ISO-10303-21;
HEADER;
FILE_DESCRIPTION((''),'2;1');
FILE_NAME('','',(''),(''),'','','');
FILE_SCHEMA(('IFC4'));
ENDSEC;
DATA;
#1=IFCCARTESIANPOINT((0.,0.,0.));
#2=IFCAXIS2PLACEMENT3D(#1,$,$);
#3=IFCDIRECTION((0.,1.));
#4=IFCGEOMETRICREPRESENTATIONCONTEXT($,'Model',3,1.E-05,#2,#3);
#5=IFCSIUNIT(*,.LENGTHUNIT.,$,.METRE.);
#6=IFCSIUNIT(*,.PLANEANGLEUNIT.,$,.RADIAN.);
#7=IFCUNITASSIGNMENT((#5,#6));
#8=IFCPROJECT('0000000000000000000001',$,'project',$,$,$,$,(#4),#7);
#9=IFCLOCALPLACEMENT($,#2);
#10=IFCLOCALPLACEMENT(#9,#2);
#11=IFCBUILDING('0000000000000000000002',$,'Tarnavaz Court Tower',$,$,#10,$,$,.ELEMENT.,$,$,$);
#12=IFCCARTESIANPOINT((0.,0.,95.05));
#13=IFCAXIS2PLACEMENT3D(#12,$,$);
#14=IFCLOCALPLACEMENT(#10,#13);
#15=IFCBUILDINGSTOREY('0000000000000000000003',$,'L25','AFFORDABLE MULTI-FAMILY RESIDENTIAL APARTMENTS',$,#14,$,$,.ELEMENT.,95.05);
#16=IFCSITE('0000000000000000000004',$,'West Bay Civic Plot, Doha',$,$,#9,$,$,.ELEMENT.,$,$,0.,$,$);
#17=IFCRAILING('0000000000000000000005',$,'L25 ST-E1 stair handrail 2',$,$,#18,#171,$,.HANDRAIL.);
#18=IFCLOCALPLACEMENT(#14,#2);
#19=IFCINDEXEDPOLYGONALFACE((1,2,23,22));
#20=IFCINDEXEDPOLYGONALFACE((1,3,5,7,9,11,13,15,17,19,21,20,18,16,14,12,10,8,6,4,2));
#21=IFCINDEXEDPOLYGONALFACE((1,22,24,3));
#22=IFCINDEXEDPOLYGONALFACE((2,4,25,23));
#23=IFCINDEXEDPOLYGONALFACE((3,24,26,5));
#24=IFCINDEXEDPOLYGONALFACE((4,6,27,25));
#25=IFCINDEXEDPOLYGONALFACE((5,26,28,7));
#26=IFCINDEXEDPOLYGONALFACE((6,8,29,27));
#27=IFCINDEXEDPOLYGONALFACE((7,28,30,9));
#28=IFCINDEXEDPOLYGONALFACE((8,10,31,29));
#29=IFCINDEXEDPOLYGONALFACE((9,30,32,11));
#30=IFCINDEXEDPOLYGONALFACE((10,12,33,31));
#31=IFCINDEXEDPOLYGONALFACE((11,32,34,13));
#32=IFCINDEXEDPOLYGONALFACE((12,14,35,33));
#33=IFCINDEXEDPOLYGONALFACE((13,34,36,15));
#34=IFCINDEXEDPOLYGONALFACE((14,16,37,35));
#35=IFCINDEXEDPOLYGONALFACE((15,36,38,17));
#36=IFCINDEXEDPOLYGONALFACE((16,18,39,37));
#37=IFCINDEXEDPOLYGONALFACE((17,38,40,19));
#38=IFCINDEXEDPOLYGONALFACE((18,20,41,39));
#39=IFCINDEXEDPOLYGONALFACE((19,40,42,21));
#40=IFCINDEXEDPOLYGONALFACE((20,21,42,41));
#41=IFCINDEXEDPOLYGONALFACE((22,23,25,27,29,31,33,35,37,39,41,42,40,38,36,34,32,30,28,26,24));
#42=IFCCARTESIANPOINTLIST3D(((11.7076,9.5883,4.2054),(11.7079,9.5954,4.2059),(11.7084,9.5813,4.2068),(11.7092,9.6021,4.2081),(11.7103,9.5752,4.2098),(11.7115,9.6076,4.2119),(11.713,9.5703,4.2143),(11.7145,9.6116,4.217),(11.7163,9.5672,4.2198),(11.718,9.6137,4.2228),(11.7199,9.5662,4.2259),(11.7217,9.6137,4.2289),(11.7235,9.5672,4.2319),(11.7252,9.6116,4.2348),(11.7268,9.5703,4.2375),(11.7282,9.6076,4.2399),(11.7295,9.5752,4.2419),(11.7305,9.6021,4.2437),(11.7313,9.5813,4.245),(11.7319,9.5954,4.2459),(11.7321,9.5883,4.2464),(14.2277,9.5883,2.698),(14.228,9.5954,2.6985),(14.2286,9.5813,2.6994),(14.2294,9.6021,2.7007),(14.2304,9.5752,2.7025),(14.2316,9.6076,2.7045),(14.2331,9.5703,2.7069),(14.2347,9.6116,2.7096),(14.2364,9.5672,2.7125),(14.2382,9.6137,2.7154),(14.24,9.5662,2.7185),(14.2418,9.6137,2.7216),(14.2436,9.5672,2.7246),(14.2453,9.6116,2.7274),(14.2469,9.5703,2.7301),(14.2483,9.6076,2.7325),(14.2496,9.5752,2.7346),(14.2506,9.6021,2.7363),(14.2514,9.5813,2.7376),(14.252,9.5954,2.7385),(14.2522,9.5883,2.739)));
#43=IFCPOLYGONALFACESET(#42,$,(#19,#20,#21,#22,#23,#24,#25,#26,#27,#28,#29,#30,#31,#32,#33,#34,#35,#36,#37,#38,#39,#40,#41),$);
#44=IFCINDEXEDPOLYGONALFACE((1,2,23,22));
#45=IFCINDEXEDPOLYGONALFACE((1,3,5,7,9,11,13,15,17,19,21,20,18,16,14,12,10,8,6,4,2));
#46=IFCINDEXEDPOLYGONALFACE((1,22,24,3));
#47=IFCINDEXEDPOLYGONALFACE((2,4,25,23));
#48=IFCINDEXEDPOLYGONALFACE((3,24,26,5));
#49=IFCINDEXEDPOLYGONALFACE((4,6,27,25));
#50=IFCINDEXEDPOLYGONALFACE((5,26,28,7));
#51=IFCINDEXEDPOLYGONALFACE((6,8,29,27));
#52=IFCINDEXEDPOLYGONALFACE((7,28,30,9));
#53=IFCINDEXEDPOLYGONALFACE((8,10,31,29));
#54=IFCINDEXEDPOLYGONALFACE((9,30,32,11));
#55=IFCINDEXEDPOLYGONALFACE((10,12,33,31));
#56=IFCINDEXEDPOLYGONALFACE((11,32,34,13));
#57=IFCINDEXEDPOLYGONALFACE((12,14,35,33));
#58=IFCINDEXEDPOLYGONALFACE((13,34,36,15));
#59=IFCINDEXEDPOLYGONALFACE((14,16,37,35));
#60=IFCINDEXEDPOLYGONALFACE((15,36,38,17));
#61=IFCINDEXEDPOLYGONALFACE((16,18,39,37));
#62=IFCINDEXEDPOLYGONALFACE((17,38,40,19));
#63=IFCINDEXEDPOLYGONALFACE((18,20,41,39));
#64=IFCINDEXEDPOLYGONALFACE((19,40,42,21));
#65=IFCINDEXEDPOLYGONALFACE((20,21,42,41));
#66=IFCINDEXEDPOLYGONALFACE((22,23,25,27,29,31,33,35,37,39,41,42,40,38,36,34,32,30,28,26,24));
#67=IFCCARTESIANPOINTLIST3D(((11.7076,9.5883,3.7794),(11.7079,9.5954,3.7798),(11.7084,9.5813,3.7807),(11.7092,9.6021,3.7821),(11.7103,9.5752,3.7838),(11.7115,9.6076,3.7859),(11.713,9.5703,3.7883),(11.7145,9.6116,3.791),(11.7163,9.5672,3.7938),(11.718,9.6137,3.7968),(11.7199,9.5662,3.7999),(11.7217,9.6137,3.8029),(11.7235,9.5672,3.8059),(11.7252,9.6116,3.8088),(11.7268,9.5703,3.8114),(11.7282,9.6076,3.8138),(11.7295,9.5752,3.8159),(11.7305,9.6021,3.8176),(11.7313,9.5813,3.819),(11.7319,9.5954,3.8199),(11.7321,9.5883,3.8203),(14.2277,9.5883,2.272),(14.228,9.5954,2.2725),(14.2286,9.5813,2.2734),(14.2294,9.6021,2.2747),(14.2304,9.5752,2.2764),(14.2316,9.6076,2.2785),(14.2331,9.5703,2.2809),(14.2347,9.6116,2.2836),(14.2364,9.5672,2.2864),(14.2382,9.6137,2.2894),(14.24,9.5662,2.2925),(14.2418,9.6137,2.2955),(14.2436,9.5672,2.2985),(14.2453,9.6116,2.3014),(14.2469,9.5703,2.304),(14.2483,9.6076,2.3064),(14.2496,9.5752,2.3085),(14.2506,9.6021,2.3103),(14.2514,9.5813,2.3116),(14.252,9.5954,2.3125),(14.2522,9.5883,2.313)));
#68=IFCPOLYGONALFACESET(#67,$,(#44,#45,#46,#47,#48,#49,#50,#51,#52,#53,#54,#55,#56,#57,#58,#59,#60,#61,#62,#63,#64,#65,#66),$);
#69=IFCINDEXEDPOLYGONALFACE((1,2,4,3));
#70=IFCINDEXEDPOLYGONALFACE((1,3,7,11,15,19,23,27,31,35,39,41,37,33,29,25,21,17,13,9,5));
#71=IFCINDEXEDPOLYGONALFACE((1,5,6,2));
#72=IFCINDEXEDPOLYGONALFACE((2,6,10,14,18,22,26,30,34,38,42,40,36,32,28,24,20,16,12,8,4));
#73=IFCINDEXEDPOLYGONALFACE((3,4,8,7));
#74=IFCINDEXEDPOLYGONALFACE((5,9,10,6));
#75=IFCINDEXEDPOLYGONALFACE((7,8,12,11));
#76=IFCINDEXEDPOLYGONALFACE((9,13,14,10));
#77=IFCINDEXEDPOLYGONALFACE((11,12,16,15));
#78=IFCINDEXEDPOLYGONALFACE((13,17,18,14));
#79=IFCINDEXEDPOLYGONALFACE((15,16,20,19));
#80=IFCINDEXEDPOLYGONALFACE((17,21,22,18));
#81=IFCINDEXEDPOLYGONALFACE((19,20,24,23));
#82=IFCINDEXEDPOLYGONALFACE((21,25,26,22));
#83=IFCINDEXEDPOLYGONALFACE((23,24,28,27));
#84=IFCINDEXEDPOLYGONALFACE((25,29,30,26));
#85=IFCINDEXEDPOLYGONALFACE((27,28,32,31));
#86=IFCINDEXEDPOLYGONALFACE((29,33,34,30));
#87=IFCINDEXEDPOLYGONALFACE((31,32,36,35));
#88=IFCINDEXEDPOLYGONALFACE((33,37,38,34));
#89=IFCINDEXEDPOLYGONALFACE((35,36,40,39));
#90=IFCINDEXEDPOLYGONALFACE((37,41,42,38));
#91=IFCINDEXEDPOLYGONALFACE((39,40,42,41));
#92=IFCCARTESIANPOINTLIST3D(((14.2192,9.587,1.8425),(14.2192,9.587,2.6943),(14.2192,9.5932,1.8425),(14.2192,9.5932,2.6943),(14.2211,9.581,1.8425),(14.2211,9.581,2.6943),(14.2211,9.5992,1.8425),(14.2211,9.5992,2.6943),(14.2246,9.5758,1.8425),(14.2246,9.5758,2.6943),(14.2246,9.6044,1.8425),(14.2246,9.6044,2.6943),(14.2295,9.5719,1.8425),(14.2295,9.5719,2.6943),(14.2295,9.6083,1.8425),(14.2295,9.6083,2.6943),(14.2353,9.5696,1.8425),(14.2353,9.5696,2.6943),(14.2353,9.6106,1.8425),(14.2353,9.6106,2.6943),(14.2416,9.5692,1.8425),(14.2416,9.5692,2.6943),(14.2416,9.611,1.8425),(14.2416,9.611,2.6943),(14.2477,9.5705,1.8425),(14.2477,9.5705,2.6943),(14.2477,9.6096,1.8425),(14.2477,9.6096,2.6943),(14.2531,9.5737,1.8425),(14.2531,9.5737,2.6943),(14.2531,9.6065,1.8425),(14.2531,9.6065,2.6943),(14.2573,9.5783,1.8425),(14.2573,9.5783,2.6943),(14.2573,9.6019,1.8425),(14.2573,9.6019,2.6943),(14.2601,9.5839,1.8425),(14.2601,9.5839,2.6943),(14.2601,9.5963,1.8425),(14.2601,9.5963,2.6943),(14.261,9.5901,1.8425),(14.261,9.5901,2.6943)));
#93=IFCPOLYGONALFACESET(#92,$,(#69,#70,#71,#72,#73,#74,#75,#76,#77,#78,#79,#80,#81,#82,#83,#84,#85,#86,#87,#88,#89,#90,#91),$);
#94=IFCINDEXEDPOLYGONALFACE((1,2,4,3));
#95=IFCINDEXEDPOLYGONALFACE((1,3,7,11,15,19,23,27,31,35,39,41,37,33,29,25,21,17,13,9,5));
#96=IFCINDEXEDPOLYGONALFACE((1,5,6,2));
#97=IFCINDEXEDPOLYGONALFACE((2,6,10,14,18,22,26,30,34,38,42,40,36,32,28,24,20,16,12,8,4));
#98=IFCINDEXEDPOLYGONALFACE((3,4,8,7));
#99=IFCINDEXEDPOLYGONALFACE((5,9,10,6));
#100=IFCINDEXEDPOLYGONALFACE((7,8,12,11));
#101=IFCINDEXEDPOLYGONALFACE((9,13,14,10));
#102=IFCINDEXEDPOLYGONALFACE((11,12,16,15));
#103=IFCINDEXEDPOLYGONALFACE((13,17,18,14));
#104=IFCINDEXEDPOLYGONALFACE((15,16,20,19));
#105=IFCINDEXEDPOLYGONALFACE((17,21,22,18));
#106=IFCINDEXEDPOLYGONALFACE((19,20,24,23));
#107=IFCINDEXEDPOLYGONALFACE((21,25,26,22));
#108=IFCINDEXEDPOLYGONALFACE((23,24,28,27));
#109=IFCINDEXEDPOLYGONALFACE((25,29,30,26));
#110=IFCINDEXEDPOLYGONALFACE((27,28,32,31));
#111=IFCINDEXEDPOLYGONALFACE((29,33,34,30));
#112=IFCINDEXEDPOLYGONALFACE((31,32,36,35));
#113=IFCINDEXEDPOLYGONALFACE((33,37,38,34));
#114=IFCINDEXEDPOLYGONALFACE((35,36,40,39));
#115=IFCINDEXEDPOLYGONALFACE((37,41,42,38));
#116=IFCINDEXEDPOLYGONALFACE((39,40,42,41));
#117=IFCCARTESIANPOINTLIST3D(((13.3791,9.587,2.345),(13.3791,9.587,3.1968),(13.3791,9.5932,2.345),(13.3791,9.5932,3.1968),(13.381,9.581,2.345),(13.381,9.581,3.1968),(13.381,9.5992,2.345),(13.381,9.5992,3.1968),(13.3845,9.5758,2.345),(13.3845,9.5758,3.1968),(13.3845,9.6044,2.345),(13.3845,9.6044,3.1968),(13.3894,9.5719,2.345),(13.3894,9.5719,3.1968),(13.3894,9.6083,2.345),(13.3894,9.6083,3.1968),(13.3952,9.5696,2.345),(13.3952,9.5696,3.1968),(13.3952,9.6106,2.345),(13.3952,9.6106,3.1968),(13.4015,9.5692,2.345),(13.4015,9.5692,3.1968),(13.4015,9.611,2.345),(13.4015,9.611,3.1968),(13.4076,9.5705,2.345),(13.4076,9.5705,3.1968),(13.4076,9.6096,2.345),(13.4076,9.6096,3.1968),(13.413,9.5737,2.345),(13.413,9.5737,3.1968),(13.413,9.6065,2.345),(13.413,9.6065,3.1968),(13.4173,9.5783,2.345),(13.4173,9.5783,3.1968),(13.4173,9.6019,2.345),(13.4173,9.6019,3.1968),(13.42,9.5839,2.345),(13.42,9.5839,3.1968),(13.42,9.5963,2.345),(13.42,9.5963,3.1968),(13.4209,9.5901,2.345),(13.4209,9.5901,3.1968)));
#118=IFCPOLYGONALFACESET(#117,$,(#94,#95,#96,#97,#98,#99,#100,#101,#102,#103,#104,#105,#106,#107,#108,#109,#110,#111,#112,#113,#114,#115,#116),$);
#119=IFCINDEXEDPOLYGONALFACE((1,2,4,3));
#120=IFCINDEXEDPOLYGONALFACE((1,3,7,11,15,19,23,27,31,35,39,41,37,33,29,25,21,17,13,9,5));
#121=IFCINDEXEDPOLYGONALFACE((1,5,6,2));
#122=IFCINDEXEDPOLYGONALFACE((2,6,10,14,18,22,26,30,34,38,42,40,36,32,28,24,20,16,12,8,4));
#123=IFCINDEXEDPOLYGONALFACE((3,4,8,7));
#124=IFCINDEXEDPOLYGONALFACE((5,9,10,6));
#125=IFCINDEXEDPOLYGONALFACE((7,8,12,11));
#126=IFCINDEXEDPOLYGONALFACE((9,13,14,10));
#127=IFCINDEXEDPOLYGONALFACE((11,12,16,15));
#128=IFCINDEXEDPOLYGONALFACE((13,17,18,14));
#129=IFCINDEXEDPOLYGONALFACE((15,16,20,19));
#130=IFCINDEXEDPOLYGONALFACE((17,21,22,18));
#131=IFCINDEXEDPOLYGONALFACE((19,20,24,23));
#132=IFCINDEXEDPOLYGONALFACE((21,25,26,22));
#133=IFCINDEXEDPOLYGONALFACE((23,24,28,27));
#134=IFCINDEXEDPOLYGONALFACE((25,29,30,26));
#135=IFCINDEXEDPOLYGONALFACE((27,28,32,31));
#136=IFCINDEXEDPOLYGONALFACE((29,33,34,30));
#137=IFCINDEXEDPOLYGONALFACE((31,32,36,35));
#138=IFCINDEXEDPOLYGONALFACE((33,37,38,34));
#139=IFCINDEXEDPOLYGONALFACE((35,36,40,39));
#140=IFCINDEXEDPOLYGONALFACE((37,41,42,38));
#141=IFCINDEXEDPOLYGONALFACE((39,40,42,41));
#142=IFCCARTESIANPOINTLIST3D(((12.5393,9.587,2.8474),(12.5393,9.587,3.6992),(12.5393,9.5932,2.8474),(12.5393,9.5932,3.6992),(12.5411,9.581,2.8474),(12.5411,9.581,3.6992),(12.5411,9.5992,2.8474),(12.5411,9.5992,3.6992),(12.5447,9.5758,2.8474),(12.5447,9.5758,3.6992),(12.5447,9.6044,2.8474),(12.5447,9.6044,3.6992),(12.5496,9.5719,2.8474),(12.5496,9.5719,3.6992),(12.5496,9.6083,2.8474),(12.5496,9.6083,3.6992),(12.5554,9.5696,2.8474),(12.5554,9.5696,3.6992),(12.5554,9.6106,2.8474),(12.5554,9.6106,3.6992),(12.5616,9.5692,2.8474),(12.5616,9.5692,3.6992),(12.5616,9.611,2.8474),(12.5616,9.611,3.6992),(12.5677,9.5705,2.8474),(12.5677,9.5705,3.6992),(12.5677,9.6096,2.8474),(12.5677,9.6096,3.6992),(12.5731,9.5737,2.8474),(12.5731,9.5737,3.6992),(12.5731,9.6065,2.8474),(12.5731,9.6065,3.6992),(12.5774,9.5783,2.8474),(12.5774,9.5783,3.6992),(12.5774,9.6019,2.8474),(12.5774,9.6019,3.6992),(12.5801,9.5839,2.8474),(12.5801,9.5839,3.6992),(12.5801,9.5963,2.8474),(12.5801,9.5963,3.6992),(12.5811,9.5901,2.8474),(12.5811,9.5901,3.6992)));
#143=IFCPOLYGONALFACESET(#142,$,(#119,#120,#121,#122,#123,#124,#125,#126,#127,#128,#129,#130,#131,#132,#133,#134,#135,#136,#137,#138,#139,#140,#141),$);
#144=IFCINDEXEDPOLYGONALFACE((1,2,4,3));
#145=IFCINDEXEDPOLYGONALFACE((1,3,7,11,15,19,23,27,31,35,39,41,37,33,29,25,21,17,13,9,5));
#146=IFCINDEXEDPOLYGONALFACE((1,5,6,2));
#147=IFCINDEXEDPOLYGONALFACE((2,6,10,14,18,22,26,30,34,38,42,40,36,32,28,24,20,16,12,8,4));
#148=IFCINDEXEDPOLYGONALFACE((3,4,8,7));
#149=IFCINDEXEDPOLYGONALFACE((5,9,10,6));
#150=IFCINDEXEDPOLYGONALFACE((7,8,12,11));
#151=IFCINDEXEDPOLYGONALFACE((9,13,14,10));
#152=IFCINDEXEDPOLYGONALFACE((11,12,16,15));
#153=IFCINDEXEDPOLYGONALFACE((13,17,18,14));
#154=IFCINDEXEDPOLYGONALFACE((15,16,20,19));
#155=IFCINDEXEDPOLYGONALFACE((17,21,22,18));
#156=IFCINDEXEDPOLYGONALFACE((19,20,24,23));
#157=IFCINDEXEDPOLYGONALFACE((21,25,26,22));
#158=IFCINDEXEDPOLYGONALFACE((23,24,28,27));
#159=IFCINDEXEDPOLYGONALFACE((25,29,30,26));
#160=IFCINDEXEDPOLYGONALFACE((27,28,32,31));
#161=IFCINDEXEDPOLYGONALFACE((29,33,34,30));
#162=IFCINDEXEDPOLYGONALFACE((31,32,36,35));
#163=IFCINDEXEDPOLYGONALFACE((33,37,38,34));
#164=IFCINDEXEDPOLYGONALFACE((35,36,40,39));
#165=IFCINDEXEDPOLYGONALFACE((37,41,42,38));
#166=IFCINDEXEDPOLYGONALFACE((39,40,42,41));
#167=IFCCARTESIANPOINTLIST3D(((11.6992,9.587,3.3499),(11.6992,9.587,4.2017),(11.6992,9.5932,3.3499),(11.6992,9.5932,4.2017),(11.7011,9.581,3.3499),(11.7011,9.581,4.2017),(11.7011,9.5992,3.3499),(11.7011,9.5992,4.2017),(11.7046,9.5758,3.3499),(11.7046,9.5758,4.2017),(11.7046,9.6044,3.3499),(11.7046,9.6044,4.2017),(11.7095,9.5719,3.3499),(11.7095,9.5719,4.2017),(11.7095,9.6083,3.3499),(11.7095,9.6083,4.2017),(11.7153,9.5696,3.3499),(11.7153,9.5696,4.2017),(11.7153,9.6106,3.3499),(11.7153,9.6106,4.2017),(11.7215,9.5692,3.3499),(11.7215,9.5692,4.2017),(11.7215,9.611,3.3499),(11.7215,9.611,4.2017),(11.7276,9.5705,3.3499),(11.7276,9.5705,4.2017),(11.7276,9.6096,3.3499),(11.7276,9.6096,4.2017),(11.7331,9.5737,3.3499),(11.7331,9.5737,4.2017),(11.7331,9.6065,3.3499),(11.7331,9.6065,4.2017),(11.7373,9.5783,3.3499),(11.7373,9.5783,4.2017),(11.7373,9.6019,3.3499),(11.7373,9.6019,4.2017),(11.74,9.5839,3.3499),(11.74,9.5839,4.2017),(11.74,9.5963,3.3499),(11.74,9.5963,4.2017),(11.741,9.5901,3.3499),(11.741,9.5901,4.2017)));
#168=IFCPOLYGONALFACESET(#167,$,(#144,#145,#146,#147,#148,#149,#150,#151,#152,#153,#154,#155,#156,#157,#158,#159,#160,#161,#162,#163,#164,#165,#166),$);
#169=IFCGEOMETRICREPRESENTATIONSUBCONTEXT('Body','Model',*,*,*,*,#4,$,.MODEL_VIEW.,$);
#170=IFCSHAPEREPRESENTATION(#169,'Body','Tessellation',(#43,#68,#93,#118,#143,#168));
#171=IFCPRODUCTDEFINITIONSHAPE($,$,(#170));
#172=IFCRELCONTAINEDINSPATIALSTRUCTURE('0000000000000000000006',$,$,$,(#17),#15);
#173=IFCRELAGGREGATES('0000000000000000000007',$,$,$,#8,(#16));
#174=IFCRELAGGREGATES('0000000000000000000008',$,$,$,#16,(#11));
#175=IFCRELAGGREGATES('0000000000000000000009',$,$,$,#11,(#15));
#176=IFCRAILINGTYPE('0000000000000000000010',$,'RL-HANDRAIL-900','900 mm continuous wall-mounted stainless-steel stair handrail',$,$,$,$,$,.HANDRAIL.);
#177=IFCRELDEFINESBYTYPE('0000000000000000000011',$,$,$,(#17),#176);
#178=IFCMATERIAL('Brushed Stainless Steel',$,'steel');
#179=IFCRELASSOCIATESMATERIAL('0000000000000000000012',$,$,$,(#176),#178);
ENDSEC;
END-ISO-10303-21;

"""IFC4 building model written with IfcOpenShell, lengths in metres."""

from ifc_helpers import new_model, si_unit, direction, frame, origin, origin_2d, place, context, subcontext, project, spatial, circle, extrude, material, type_object, element, save


model = new_model("IFC4")

# Units and contexts
model_context = context("Model", 3, precision=1e-05, world=origin(), true_north=direction((0.0, 1.0)))
body_context = subcontext(model_context, "Body", "Model", "MODEL_VIEW")
ifc_project = project(units=[si_unit("LENGTHUNIT", "METRE"), si_unit("PLANEANGLEUNIT", "RADIAN")], contexts=[model_context])

# Site, building, storey
site_placement = place(None, origin())
site = spatial("IfcSite", under=ifc_project, at=site_placement, Name="West Bay Civic Plot, Doha", CompositionType="ELEMENT", RefElevation=0.0)
building_placement = place(site_placement, origin())
building = spatial("IfcBuilding", under=site, at=building_placement, Name="Tarnavaz Court Tower", CompositionType="ELEMENT")
storey_placement = place(building_placement, frame((0.0, 0.0, 95.05)))
storey = spatial("IfcBuildingStorey", under=building, at=storey_placement, Name="L25", Description="AFFORDABLE MULTI-FAMILY RESIDENTIAL APARTMENTS", CompositionType="ELEMENT", Elevation=95.05)

# Railing
ifc_material_1 = material(Name="Brushed Stainless Steel", Category="steel")
railing_type_1 = type_object("IfcRailingType", Name="RL-HANDRAIL-900", Description="900 mm continuous wall-mounted stainless-steel stair handrail", PredefinedType="HANDRAIL", material=ifc_material_1)
railing_1_placement = place(storey_placement, frame((14.24, 9.5901, 1.8425)))
element("IfcRailing", 1, at=railing_1_placement, inside=storey, type_object=railing_type_1, Name="L25 ST-E1 stair handrail 2", PredefinedType="HANDRAIL", context=body_context, shape_type="SweptSolid", body=[
    extrude(circle(Radius=0.0239, at=origin_2d()), frame((0.0, 0.0, 0.876), z_axis=(-0.858196, 0.0, 0.513321), x_axis=(0.0, -1.0, 0.0)), (0.0, 0.0, 1.0), 2.9365),
    extrude(circle(Radius=0.0239, at=origin_2d()), frame((0.0, 0.0, 0.45), z_axis=(-0.858196, 0.0, 0.513321), x_axis=(0.0, -1.0, 0.0)), (0.0, 0.0, 1.0), 2.9365),
    extrude(circle(Radius=0.021, at=origin_2d()), origin(), (0.0, 0.0, 1.0), 0.8518),
    extrude(circle(Radius=0.021, at=origin_2d()), frame((-0.8401, 0.0, 0.5024)), (0.0, 0.0, 1.0), 0.8518),
    extrude(circle(Radius=0.021, at=origin_2d()), frame((-1.6799, 0.0, 1.0049)), (0.0, 0.0, 1.0), 0.8518),
    extrude(circle(Radius=0.021, at=origin_2d()), frame((-2.52, 0.0, 1.5073)), (0.0, 0.0, 1.0), 0.8518),
])

save(model, "model.ifc")
